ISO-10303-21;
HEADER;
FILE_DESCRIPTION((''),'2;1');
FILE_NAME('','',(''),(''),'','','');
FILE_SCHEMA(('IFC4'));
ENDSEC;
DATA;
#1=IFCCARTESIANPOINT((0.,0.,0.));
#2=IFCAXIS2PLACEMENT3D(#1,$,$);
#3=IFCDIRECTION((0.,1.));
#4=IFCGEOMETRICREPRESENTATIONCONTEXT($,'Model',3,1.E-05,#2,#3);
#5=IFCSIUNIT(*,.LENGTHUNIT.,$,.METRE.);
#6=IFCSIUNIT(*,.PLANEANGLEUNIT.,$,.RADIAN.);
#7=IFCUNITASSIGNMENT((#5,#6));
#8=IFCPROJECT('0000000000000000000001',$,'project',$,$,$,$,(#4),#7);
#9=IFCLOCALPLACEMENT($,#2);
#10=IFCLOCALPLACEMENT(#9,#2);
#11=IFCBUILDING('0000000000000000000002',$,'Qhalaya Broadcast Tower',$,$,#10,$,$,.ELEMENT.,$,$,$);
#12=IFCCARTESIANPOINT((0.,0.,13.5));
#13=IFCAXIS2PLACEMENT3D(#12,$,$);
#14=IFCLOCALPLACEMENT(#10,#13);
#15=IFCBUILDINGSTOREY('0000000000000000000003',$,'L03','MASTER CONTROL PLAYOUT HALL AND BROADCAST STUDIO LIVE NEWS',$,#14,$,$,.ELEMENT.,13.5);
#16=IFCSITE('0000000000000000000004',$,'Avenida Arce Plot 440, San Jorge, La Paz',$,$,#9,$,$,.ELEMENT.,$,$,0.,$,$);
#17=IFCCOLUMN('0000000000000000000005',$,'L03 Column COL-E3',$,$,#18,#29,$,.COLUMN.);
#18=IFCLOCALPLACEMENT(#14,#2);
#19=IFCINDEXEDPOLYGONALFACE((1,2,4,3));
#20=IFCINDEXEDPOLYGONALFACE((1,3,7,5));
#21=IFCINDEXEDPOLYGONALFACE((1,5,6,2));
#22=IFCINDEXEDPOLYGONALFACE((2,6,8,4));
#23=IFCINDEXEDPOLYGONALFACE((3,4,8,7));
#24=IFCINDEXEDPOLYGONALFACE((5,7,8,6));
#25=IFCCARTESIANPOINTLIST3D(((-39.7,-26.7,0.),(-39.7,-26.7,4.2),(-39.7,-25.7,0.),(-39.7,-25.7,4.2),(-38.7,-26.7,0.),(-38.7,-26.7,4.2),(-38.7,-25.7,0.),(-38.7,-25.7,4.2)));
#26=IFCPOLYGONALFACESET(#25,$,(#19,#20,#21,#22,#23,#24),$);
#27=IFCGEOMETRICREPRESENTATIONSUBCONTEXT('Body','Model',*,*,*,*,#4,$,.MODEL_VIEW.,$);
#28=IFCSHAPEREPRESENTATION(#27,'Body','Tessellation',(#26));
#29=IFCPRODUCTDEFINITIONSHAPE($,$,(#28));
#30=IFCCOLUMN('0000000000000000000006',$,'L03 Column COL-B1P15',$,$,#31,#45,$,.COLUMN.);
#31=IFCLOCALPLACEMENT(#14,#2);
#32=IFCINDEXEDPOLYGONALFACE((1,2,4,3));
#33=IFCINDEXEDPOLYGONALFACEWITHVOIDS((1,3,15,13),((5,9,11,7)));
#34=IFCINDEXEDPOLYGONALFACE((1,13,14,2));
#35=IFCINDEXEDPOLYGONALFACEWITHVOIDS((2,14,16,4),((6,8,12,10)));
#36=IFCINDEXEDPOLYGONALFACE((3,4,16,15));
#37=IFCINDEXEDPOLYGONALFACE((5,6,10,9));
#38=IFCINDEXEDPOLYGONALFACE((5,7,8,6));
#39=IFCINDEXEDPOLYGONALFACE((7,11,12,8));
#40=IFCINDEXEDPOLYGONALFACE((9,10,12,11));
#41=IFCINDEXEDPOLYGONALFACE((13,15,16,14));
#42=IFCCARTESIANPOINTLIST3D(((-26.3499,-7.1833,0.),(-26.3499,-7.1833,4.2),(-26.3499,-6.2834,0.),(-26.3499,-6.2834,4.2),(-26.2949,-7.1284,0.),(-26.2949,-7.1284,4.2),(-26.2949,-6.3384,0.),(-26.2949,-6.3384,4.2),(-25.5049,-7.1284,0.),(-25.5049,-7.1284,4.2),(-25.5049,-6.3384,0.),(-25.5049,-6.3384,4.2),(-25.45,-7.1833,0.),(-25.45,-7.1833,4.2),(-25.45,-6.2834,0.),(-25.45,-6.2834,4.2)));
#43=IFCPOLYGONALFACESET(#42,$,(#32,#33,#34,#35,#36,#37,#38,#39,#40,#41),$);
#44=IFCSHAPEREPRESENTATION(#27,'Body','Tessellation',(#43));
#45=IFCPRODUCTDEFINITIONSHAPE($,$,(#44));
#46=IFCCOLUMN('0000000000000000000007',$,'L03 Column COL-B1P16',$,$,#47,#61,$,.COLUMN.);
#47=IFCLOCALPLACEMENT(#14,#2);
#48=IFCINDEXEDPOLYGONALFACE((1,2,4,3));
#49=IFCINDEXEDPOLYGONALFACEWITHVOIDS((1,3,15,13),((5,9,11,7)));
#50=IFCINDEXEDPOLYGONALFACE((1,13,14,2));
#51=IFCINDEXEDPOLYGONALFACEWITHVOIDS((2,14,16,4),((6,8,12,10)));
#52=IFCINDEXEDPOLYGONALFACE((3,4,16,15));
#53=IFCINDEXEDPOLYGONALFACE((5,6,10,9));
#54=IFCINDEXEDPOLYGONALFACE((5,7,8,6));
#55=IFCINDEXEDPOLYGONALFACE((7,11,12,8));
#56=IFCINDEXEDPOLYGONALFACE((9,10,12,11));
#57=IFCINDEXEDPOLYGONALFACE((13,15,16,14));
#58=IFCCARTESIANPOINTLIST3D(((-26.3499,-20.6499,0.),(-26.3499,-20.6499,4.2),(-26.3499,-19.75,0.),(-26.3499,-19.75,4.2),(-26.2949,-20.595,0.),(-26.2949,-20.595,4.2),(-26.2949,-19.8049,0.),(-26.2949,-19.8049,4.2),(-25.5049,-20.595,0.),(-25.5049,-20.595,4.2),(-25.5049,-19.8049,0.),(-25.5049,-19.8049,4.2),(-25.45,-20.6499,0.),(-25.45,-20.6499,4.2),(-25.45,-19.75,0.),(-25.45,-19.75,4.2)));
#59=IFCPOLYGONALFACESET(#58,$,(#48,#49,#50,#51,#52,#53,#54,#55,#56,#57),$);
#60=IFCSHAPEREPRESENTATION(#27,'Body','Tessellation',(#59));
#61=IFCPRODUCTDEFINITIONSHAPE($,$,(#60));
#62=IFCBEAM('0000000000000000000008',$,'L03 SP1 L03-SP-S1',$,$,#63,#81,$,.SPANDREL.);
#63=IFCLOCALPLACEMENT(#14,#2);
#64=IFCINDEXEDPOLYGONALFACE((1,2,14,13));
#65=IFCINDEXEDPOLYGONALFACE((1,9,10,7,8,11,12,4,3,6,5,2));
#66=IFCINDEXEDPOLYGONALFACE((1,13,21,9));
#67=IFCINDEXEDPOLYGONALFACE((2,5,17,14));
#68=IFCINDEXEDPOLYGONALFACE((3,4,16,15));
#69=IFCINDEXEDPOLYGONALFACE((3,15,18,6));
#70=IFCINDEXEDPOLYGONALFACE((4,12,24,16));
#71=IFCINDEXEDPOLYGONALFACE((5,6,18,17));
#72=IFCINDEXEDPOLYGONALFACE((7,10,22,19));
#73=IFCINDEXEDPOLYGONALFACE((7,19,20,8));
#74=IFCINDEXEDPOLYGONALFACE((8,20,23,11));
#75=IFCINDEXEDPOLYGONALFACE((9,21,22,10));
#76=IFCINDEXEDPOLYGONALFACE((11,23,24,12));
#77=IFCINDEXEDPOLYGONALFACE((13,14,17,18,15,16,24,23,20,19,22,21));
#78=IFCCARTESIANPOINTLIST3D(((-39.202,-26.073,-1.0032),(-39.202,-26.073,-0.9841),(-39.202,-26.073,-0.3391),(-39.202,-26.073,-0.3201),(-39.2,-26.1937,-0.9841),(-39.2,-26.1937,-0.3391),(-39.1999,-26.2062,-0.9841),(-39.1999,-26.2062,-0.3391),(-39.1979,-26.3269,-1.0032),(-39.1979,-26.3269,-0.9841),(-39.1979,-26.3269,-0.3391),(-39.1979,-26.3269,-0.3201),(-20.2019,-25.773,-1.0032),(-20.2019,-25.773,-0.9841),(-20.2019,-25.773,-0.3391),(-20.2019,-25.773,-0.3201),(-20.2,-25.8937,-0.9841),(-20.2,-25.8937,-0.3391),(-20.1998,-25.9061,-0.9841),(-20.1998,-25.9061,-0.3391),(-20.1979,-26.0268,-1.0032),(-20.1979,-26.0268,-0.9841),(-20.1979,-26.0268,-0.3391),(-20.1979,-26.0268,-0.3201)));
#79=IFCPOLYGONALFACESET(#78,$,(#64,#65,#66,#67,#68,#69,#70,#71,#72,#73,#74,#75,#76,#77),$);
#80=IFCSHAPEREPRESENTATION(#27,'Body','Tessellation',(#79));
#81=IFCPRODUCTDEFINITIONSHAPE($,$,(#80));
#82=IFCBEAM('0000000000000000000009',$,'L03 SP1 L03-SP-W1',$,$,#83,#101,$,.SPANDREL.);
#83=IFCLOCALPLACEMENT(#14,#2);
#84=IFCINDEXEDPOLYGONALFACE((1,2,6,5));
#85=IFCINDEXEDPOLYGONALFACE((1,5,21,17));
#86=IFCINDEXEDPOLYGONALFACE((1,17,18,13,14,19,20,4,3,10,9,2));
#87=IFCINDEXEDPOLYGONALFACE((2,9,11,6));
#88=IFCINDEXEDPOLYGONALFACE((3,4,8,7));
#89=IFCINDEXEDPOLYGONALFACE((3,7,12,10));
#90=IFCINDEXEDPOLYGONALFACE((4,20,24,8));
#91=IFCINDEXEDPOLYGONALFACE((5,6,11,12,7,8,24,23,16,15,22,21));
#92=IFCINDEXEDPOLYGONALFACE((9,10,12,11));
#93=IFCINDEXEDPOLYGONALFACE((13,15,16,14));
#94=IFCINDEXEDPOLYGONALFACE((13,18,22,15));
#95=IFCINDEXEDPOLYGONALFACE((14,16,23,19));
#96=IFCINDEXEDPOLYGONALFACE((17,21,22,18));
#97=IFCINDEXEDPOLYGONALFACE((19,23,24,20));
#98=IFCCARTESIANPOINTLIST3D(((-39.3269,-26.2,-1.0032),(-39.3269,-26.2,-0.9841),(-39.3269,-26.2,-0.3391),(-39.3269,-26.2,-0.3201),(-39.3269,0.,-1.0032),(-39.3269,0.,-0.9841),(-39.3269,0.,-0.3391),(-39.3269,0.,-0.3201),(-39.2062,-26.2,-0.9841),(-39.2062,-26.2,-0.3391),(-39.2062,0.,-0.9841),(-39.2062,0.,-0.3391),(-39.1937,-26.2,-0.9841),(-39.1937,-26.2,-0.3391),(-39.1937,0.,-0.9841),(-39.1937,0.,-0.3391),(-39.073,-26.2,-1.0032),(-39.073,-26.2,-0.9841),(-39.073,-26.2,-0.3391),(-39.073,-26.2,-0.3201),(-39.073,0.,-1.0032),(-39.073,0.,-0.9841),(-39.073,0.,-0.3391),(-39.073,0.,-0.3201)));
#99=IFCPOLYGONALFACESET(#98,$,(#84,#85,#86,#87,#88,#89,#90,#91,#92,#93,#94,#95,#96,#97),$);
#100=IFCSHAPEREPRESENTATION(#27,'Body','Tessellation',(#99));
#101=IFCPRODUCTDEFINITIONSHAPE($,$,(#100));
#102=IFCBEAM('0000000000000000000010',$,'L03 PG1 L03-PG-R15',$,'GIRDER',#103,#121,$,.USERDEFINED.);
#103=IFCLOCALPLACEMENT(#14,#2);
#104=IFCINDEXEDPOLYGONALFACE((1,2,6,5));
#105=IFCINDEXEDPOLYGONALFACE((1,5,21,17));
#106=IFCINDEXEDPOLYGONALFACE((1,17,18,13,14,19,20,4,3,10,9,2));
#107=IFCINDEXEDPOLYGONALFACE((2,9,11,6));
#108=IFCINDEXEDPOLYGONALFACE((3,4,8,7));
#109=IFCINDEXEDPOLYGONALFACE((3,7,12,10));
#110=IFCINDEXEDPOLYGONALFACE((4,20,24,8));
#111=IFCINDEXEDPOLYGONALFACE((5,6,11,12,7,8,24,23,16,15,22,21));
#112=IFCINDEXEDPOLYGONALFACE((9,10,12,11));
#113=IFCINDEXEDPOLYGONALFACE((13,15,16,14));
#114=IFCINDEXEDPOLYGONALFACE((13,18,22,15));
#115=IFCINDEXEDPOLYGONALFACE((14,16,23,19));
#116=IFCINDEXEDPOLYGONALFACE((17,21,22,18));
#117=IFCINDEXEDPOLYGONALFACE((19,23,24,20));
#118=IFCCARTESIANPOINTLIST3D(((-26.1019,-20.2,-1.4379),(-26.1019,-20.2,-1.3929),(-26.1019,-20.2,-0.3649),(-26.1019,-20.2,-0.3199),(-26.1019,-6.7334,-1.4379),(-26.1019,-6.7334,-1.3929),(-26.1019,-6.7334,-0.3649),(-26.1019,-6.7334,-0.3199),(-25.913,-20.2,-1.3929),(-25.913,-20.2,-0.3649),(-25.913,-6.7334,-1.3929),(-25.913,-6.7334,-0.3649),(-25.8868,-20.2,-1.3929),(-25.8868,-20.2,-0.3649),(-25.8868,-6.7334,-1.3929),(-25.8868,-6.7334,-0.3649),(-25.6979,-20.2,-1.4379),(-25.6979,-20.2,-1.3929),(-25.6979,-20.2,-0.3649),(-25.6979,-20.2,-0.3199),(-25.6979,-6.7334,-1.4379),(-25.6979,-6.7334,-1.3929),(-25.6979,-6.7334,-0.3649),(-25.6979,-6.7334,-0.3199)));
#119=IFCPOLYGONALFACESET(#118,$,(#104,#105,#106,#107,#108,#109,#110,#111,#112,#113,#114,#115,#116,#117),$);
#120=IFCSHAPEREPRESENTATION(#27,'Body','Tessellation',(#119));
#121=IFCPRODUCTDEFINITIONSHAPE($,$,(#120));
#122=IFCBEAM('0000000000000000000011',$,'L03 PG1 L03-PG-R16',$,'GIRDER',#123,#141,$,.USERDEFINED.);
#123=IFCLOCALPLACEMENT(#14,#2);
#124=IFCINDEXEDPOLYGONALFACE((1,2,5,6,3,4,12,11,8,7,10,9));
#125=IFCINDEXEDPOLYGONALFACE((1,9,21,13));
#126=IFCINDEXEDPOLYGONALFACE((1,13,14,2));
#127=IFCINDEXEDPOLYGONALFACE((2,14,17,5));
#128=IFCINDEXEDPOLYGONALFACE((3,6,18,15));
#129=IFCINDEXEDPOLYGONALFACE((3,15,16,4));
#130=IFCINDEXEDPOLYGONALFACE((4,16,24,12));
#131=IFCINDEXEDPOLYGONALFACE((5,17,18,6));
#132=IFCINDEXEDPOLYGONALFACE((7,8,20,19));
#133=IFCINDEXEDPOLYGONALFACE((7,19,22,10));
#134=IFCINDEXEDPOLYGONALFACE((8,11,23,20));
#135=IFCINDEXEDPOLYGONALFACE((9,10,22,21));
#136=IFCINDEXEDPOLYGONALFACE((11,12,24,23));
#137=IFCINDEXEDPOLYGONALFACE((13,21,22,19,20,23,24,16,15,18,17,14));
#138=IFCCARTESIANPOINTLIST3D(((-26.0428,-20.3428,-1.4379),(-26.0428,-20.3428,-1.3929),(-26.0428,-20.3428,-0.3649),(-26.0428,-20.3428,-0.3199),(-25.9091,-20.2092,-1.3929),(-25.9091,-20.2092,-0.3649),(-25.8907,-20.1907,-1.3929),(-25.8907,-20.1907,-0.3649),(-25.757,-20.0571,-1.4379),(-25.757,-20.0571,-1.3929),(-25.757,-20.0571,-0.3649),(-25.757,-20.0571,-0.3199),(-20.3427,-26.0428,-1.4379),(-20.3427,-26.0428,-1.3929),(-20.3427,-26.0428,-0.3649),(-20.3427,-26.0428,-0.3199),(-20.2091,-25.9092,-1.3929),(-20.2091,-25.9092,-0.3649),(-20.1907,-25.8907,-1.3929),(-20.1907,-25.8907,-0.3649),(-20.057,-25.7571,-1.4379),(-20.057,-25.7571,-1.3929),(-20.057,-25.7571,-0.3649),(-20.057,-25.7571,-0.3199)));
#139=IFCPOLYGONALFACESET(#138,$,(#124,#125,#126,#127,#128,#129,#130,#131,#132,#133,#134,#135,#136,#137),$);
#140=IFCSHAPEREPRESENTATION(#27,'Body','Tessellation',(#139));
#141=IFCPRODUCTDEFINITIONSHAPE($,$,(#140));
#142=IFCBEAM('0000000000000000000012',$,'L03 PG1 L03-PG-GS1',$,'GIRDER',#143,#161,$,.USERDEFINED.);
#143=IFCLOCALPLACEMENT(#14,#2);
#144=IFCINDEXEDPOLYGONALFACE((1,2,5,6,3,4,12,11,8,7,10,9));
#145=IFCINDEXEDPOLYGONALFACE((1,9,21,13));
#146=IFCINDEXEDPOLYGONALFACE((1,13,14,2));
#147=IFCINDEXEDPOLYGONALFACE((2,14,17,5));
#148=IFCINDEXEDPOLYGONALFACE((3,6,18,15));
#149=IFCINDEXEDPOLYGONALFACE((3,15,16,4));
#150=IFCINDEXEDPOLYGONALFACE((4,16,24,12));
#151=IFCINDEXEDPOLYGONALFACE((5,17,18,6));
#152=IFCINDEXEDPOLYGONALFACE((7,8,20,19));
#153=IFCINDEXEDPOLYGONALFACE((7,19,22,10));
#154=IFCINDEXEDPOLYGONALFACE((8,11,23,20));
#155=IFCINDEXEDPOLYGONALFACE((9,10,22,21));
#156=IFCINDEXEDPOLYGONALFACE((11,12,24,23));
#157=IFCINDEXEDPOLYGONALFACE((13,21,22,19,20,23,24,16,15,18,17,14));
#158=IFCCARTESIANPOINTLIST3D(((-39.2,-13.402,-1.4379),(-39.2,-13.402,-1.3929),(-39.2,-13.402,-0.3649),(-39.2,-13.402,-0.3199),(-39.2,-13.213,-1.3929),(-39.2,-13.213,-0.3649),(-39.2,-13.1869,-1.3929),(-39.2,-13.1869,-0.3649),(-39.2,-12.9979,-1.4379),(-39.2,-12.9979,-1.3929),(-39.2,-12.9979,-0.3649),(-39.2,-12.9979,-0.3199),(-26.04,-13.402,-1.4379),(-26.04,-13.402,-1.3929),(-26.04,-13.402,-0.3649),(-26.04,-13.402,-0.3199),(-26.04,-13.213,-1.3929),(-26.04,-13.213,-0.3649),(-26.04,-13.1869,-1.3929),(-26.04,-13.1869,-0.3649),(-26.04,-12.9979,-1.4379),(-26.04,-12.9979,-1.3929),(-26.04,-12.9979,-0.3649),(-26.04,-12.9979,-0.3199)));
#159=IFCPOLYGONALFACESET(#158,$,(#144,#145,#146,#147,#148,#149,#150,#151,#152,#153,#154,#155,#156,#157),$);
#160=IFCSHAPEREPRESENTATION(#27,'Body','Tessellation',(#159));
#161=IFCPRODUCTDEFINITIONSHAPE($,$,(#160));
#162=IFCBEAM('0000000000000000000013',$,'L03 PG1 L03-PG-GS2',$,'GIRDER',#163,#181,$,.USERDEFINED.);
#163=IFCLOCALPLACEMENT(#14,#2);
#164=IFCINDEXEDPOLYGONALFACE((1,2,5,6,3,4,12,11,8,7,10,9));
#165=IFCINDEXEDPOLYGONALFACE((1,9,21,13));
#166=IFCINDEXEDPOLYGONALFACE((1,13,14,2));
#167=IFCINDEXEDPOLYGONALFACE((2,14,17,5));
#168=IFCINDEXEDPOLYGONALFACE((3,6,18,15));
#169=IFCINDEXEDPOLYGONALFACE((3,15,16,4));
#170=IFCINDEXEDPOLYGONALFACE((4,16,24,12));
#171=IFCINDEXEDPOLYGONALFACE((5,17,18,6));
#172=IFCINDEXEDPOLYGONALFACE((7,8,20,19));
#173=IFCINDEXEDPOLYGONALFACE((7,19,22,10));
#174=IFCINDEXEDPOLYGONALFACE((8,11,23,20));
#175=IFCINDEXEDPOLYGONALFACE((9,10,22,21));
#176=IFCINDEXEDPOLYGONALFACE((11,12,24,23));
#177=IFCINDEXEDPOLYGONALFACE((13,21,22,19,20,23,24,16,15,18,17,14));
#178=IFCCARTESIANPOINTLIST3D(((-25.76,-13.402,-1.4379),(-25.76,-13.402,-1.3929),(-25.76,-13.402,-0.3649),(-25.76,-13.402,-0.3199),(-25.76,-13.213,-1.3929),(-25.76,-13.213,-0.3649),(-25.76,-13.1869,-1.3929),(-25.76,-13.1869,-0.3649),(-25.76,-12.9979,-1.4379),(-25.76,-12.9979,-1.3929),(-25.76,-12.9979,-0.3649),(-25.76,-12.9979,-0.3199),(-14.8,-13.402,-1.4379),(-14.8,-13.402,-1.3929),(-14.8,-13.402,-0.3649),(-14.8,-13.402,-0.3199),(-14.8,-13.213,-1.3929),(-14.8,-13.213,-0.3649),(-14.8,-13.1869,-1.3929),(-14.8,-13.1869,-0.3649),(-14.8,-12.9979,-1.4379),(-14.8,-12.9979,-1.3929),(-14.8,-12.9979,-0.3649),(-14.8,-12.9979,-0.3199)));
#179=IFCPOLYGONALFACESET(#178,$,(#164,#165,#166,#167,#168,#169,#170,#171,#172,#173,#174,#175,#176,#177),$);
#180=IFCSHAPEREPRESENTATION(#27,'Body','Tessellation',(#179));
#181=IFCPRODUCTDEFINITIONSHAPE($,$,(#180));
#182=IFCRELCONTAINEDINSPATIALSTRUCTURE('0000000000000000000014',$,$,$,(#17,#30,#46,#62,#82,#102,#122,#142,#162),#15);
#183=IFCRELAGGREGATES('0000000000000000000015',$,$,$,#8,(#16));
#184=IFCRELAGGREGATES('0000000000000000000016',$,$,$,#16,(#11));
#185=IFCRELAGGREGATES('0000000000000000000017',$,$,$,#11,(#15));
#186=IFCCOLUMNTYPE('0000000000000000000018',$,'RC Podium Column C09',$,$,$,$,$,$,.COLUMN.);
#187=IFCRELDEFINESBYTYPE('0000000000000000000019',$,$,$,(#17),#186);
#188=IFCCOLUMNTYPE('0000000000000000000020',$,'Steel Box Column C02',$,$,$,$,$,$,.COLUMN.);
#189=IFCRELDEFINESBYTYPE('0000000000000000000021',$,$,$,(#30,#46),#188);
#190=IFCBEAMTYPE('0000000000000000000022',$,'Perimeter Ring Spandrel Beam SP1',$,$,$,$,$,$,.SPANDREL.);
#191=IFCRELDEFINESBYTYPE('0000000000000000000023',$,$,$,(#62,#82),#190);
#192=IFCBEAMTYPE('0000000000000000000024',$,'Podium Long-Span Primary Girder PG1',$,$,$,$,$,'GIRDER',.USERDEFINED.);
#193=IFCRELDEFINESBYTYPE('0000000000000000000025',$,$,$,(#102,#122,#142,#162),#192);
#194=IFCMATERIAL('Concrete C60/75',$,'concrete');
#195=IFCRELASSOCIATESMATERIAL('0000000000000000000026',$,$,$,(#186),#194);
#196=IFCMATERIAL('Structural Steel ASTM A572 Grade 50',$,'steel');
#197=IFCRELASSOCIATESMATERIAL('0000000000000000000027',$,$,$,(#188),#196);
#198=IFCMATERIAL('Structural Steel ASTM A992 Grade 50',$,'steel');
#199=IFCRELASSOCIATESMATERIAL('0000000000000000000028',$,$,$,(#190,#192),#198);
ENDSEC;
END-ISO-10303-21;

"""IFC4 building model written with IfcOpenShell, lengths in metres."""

from ifc_helpers import new_model, si_unit, direction, frame, origin, origin_2d, place, context, subcontext, project, spatial, rectangle, hollow_rectangle, i_section, extrude, material, material_profile, profile_set, type_object, element, save


model = new_model("IFC4")

# Units and contexts
model_context = context("Model", 3, precision=1e-05, world=origin(), true_north=direction((0.0, 1.0)))
body_context = subcontext(model_context, "Body", "Model", "MODEL_VIEW")
ifc_project = project(units=[si_unit("LENGTHUNIT", "METRE"), si_unit("PLANEANGLEUNIT", "RADIAN")], contexts=[model_context])

# Site, building, storey
site_placement = place(None, origin())
site = spatial("IfcSite", under=ifc_project, at=site_placement, Name="Avenida Arce Plot 440, San Jorge, La Paz", CompositionType="ELEMENT", RefElevation=0.0)
building_placement = place(site_placement, origin())
building = spatial("IfcBuilding", under=site, at=building_placement, Name="Qhalaya Broadcast Tower", CompositionType="ELEMENT")
storey_placement = place(building_placement, frame((0.0, 0.0, 13.5)))
storey = spatial("IfcBuildingStorey", under=building, at=storey_placement, Name="L03", Description="MASTER CONTROL PLAYOUT HALL AND BROADCAST STUDIO LIVE NEWS", CompositionType="ELEMENT", Elevation=13.5)

# Columns
ifc_material_1 = material(Name="Concrete C60/75", Category="concrete")
ifc_material_profile_1 = material_profile(ifc_material_1, rectangle(XDim=1.0, YDim=1.0, at=origin_2d()), Name="RC-COL 1000x1000")
ifc_profile_set_1 = profile_set([ifc_material_profile_1], Name="Concrete C60/75")
column_type_1 = type_object("IfcColumnType", Name="RC Podium Column C09", PredefinedType="COLUMN", material=ifc_profile_set_1)
column_placement = place(storey_placement, frame((-39.2, -26.2, 0.0), z_axis=(0.0, 0.0, 1.0), x_axis=(1.0, 0.0, 0.0)))
element("IfcColumn", 1, at=column_placement, inside=storey, type_object=column_type_1, Name="L03 Column COL-E3", PredefinedType="COLUMN", context=body_context, shape_type="SweptSolid", body=[
    extrude(rectangle(XDim=1.0, YDim=1.0, at=origin_2d()), origin(), (0.0, 0.0, 1.0), 4.2),
])
ifc_material_2 = material(Name="Structural Steel ASTM A572 Grade 50", Category="steel")
ifc_material_profile_2 = material_profile(ifc_material_2, hollow_rectangle(XDim=0.8999, YDim=0.8999, WallThickness=0.0549, at=origin_2d()), Name="BOX 900x900x55")
ifc_profile_set_2 = profile_set([ifc_material_profile_2], Name="Structural Steel ASTM A572 Grade 50")
column_type_2 = type_object("IfcColumnType", Name="Steel Box Column C02", PredefinedType="COLUMN", material=ifc_profile_set_2)
for number, where, z_axis, x_axis, name in (
    (2, (-25.8999, -6.7334, 0.0), (0.0, 0.0, 1.0), (0.0, 1.0, 0.0), "L03 Column COL-B1P15"),
    (3, (-25.8999, -20.2, 0.0), (0.0, 0.0, 1.0), (0.0, 1.0, 0.0), "L03 Column COL-B1P16"),
):
    element("IfcColumn", number, at=place(storey_placement, frame(where, z_axis=z_axis, x_axis=x_axis)), inside=storey, type_object=column_type_2, Name=name, PredefinedType="COLUMN", context=body_context, shape_type="SweptSolid", body=[
        extrude(hollow_rectangle(XDim=0.8999, YDim=0.8999, WallThickness=0.0549, at=origin_2d()), origin(), (0.0, 0.0, 1.0), 4.2),
    ])

# Beams
ifc_material_3 = material(Name="Structural Steel ASTM A992 Grade 50", Category="steel")
ifc_material_profile_3 = material_profile(ifc_material_3, i_section(OverallWidth=0.2539, OverallDepth=0.6831, WebThickness=0.0125, FlangeThickness=0.019, at=origin_2d()), Name="W27X94")
ifc_profile_set_3 = profile_set([ifc_material_profile_3], Name="Structural Steel ASTM A992 Grade 50")
beam_type_1 = type_object("IfcBeamType", Name="Perimeter Ring Spandrel Beam SP1", PredefinedType="SPANDREL", material=ifc_profile_set_3)
beam_1_placement = place(storey_placement, frame((-39.2, -26.2, -0.6616), z_axis=(0.999875, 0.01579, 0.0), x_axis=(-0.01579, 0.999875, 0.0)))
element("IfcBeam", 4, at=beam_1_placement, inside=storey, type_object=beam_type_1, Name="L03 SP1 L03-SP-S1", PredefinedType="SPANDREL", context=body_context, shape_type="SweptSolid", body=[
    extrude(i_section(OverallWidth=0.2539, OverallDepth=0.6831, WebThickness=0.0125, FlangeThickness=0.019, at=origin_2d()), origin(), (0.0, 0.0, 1.0), 19.0024),
])
beam_2_placement = place(storey_placement, frame((-39.2, -26.2, -0.6616), z_axis=(0.0, 1.0, 0.0), x_axis=(-1.0, 0.0, 0.0)))
element("IfcBeam", 5, at=beam_2_placement, inside=storey, type_object=beam_type_1, Name="L03 SP1 L03-SP-W1", PredefinedType="SPANDREL", context=body_context, shape_type="SweptSolid", body=[
    extrude(i_section(OverallWidth=0.2539, OverallDepth=0.6831, WebThickness=0.0125, FlangeThickness=0.019, at=origin_2d()), origin(), (0.0, 0.0, 1.0), 26.2),
])
ifc_material_profile_4 = material_profile(ifc_material_3, i_section(OverallWidth=0.4041, OverallDepth=1.1179, WebThickness=0.0261, FlangeThickness=0.0449, at=origin_2d()), Name="W44X335")
ifc_profile_set_4 = profile_set([ifc_material_profile_4], Name="Structural Steel ASTM A992 Grade 50")
beam_type_2 = type_object("IfcBeamType", Name="Podium Long-Span Primary Girder PG1", ElementType="GIRDER", PredefinedType="USERDEFINED", material=ifc_profile_set_4)
beam_3_placement = place(storey_placement, frame((-25.8999, -6.7334, -0.8789), z_axis=(0.0, -1.0, 0.0), x_axis=(1.0, 0.0, 0.0)))
element("IfcBeam", 6, at=beam_3_placement, inside=storey, type_object=beam_type_2, Name="L03 PG1 L03-PG-R15", ObjectType="GIRDER", PredefinedType="USERDEFINED", context=body_context, shape_type="SweptSolid", body=[
    extrude(i_section(OverallWidth=0.4041, OverallDepth=1.1179, WebThickness=0.0261, FlangeThickness=0.0449, at=origin_2d()), origin(), (0.0, 0.0, 1.0), 13.4666),
])
beam_4_placement = place(storey_placement, frame((-25.8999, -20.2, -0.8789), z_axis=(0.707107, -0.707107, 0.0), x_axis=(0.707107, 0.707107, 0.0)))
element("IfcBeam", 7, at=beam_4_placement, inside=storey, type_object=beam_type_2, Name="L03 PG1 L03-PG-R16", ObjectType="GIRDER", PredefinedType="USERDEFINED", context=body_context, shape_type="SweptSolid", body=[
    extrude(i_section(OverallWidth=0.4041, OverallDepth=1.1179, WebThickness=0.0261, FlangeThickness=0.0449, at=origin_2d()), origin(), (0.0, 0.0, 1.0), 8.061),
])
beam_5_placement = place(storey_placement, frame((-39.2, -13.2, -0.8789), z_axis=(1.0, 0.0, 0.0), x_axis=(0.0, 1.0, 0.0)))
element("IfcBeam", 8, at=beam_5_placement, inside=storey, type_object=beam_type_2, Name="L03 PG1 L03-PG-GS1", ObjectType="GIRDER", PredefinedType="USERDEFINED", context=body_context, shape_type="SweptSolid", body=[
    extrude(i_section(OverallWidth=0.4041, OverallDepth=1.1179, WebThickness=0.0261, FlangeThickness=0.0449, at=origin_2d()), origin(), (0.0, 0.0, 1.0), 13.1599),
])
beam_6_placement = place(storey_placement, frame((-25.76, -13.2, -0.8789), z_axis=(1.0, 0.0, 0.0), x_axis=(0.0, 1.0, 0.0)))
element("IfcBeam", 9, at=beam_6_placement, inside=storey, type_object=beam_type_2, Name="L03 PG1 L03-PG-GS2", ObjectType="GIRDER", PredefinedType="USERDEFINED", context=body_context, shape_type="SweptSolid", body=[
    extrude(i_section(OverallWidth=0.4041, OverallDepth=1.1179, WebThickness=0.0261, FlangeThickness=0.0449, at=origin_2d()), origin(), (0.0, 0.0, 1.0), 10.96),
])

save(model, "model.ifc")
